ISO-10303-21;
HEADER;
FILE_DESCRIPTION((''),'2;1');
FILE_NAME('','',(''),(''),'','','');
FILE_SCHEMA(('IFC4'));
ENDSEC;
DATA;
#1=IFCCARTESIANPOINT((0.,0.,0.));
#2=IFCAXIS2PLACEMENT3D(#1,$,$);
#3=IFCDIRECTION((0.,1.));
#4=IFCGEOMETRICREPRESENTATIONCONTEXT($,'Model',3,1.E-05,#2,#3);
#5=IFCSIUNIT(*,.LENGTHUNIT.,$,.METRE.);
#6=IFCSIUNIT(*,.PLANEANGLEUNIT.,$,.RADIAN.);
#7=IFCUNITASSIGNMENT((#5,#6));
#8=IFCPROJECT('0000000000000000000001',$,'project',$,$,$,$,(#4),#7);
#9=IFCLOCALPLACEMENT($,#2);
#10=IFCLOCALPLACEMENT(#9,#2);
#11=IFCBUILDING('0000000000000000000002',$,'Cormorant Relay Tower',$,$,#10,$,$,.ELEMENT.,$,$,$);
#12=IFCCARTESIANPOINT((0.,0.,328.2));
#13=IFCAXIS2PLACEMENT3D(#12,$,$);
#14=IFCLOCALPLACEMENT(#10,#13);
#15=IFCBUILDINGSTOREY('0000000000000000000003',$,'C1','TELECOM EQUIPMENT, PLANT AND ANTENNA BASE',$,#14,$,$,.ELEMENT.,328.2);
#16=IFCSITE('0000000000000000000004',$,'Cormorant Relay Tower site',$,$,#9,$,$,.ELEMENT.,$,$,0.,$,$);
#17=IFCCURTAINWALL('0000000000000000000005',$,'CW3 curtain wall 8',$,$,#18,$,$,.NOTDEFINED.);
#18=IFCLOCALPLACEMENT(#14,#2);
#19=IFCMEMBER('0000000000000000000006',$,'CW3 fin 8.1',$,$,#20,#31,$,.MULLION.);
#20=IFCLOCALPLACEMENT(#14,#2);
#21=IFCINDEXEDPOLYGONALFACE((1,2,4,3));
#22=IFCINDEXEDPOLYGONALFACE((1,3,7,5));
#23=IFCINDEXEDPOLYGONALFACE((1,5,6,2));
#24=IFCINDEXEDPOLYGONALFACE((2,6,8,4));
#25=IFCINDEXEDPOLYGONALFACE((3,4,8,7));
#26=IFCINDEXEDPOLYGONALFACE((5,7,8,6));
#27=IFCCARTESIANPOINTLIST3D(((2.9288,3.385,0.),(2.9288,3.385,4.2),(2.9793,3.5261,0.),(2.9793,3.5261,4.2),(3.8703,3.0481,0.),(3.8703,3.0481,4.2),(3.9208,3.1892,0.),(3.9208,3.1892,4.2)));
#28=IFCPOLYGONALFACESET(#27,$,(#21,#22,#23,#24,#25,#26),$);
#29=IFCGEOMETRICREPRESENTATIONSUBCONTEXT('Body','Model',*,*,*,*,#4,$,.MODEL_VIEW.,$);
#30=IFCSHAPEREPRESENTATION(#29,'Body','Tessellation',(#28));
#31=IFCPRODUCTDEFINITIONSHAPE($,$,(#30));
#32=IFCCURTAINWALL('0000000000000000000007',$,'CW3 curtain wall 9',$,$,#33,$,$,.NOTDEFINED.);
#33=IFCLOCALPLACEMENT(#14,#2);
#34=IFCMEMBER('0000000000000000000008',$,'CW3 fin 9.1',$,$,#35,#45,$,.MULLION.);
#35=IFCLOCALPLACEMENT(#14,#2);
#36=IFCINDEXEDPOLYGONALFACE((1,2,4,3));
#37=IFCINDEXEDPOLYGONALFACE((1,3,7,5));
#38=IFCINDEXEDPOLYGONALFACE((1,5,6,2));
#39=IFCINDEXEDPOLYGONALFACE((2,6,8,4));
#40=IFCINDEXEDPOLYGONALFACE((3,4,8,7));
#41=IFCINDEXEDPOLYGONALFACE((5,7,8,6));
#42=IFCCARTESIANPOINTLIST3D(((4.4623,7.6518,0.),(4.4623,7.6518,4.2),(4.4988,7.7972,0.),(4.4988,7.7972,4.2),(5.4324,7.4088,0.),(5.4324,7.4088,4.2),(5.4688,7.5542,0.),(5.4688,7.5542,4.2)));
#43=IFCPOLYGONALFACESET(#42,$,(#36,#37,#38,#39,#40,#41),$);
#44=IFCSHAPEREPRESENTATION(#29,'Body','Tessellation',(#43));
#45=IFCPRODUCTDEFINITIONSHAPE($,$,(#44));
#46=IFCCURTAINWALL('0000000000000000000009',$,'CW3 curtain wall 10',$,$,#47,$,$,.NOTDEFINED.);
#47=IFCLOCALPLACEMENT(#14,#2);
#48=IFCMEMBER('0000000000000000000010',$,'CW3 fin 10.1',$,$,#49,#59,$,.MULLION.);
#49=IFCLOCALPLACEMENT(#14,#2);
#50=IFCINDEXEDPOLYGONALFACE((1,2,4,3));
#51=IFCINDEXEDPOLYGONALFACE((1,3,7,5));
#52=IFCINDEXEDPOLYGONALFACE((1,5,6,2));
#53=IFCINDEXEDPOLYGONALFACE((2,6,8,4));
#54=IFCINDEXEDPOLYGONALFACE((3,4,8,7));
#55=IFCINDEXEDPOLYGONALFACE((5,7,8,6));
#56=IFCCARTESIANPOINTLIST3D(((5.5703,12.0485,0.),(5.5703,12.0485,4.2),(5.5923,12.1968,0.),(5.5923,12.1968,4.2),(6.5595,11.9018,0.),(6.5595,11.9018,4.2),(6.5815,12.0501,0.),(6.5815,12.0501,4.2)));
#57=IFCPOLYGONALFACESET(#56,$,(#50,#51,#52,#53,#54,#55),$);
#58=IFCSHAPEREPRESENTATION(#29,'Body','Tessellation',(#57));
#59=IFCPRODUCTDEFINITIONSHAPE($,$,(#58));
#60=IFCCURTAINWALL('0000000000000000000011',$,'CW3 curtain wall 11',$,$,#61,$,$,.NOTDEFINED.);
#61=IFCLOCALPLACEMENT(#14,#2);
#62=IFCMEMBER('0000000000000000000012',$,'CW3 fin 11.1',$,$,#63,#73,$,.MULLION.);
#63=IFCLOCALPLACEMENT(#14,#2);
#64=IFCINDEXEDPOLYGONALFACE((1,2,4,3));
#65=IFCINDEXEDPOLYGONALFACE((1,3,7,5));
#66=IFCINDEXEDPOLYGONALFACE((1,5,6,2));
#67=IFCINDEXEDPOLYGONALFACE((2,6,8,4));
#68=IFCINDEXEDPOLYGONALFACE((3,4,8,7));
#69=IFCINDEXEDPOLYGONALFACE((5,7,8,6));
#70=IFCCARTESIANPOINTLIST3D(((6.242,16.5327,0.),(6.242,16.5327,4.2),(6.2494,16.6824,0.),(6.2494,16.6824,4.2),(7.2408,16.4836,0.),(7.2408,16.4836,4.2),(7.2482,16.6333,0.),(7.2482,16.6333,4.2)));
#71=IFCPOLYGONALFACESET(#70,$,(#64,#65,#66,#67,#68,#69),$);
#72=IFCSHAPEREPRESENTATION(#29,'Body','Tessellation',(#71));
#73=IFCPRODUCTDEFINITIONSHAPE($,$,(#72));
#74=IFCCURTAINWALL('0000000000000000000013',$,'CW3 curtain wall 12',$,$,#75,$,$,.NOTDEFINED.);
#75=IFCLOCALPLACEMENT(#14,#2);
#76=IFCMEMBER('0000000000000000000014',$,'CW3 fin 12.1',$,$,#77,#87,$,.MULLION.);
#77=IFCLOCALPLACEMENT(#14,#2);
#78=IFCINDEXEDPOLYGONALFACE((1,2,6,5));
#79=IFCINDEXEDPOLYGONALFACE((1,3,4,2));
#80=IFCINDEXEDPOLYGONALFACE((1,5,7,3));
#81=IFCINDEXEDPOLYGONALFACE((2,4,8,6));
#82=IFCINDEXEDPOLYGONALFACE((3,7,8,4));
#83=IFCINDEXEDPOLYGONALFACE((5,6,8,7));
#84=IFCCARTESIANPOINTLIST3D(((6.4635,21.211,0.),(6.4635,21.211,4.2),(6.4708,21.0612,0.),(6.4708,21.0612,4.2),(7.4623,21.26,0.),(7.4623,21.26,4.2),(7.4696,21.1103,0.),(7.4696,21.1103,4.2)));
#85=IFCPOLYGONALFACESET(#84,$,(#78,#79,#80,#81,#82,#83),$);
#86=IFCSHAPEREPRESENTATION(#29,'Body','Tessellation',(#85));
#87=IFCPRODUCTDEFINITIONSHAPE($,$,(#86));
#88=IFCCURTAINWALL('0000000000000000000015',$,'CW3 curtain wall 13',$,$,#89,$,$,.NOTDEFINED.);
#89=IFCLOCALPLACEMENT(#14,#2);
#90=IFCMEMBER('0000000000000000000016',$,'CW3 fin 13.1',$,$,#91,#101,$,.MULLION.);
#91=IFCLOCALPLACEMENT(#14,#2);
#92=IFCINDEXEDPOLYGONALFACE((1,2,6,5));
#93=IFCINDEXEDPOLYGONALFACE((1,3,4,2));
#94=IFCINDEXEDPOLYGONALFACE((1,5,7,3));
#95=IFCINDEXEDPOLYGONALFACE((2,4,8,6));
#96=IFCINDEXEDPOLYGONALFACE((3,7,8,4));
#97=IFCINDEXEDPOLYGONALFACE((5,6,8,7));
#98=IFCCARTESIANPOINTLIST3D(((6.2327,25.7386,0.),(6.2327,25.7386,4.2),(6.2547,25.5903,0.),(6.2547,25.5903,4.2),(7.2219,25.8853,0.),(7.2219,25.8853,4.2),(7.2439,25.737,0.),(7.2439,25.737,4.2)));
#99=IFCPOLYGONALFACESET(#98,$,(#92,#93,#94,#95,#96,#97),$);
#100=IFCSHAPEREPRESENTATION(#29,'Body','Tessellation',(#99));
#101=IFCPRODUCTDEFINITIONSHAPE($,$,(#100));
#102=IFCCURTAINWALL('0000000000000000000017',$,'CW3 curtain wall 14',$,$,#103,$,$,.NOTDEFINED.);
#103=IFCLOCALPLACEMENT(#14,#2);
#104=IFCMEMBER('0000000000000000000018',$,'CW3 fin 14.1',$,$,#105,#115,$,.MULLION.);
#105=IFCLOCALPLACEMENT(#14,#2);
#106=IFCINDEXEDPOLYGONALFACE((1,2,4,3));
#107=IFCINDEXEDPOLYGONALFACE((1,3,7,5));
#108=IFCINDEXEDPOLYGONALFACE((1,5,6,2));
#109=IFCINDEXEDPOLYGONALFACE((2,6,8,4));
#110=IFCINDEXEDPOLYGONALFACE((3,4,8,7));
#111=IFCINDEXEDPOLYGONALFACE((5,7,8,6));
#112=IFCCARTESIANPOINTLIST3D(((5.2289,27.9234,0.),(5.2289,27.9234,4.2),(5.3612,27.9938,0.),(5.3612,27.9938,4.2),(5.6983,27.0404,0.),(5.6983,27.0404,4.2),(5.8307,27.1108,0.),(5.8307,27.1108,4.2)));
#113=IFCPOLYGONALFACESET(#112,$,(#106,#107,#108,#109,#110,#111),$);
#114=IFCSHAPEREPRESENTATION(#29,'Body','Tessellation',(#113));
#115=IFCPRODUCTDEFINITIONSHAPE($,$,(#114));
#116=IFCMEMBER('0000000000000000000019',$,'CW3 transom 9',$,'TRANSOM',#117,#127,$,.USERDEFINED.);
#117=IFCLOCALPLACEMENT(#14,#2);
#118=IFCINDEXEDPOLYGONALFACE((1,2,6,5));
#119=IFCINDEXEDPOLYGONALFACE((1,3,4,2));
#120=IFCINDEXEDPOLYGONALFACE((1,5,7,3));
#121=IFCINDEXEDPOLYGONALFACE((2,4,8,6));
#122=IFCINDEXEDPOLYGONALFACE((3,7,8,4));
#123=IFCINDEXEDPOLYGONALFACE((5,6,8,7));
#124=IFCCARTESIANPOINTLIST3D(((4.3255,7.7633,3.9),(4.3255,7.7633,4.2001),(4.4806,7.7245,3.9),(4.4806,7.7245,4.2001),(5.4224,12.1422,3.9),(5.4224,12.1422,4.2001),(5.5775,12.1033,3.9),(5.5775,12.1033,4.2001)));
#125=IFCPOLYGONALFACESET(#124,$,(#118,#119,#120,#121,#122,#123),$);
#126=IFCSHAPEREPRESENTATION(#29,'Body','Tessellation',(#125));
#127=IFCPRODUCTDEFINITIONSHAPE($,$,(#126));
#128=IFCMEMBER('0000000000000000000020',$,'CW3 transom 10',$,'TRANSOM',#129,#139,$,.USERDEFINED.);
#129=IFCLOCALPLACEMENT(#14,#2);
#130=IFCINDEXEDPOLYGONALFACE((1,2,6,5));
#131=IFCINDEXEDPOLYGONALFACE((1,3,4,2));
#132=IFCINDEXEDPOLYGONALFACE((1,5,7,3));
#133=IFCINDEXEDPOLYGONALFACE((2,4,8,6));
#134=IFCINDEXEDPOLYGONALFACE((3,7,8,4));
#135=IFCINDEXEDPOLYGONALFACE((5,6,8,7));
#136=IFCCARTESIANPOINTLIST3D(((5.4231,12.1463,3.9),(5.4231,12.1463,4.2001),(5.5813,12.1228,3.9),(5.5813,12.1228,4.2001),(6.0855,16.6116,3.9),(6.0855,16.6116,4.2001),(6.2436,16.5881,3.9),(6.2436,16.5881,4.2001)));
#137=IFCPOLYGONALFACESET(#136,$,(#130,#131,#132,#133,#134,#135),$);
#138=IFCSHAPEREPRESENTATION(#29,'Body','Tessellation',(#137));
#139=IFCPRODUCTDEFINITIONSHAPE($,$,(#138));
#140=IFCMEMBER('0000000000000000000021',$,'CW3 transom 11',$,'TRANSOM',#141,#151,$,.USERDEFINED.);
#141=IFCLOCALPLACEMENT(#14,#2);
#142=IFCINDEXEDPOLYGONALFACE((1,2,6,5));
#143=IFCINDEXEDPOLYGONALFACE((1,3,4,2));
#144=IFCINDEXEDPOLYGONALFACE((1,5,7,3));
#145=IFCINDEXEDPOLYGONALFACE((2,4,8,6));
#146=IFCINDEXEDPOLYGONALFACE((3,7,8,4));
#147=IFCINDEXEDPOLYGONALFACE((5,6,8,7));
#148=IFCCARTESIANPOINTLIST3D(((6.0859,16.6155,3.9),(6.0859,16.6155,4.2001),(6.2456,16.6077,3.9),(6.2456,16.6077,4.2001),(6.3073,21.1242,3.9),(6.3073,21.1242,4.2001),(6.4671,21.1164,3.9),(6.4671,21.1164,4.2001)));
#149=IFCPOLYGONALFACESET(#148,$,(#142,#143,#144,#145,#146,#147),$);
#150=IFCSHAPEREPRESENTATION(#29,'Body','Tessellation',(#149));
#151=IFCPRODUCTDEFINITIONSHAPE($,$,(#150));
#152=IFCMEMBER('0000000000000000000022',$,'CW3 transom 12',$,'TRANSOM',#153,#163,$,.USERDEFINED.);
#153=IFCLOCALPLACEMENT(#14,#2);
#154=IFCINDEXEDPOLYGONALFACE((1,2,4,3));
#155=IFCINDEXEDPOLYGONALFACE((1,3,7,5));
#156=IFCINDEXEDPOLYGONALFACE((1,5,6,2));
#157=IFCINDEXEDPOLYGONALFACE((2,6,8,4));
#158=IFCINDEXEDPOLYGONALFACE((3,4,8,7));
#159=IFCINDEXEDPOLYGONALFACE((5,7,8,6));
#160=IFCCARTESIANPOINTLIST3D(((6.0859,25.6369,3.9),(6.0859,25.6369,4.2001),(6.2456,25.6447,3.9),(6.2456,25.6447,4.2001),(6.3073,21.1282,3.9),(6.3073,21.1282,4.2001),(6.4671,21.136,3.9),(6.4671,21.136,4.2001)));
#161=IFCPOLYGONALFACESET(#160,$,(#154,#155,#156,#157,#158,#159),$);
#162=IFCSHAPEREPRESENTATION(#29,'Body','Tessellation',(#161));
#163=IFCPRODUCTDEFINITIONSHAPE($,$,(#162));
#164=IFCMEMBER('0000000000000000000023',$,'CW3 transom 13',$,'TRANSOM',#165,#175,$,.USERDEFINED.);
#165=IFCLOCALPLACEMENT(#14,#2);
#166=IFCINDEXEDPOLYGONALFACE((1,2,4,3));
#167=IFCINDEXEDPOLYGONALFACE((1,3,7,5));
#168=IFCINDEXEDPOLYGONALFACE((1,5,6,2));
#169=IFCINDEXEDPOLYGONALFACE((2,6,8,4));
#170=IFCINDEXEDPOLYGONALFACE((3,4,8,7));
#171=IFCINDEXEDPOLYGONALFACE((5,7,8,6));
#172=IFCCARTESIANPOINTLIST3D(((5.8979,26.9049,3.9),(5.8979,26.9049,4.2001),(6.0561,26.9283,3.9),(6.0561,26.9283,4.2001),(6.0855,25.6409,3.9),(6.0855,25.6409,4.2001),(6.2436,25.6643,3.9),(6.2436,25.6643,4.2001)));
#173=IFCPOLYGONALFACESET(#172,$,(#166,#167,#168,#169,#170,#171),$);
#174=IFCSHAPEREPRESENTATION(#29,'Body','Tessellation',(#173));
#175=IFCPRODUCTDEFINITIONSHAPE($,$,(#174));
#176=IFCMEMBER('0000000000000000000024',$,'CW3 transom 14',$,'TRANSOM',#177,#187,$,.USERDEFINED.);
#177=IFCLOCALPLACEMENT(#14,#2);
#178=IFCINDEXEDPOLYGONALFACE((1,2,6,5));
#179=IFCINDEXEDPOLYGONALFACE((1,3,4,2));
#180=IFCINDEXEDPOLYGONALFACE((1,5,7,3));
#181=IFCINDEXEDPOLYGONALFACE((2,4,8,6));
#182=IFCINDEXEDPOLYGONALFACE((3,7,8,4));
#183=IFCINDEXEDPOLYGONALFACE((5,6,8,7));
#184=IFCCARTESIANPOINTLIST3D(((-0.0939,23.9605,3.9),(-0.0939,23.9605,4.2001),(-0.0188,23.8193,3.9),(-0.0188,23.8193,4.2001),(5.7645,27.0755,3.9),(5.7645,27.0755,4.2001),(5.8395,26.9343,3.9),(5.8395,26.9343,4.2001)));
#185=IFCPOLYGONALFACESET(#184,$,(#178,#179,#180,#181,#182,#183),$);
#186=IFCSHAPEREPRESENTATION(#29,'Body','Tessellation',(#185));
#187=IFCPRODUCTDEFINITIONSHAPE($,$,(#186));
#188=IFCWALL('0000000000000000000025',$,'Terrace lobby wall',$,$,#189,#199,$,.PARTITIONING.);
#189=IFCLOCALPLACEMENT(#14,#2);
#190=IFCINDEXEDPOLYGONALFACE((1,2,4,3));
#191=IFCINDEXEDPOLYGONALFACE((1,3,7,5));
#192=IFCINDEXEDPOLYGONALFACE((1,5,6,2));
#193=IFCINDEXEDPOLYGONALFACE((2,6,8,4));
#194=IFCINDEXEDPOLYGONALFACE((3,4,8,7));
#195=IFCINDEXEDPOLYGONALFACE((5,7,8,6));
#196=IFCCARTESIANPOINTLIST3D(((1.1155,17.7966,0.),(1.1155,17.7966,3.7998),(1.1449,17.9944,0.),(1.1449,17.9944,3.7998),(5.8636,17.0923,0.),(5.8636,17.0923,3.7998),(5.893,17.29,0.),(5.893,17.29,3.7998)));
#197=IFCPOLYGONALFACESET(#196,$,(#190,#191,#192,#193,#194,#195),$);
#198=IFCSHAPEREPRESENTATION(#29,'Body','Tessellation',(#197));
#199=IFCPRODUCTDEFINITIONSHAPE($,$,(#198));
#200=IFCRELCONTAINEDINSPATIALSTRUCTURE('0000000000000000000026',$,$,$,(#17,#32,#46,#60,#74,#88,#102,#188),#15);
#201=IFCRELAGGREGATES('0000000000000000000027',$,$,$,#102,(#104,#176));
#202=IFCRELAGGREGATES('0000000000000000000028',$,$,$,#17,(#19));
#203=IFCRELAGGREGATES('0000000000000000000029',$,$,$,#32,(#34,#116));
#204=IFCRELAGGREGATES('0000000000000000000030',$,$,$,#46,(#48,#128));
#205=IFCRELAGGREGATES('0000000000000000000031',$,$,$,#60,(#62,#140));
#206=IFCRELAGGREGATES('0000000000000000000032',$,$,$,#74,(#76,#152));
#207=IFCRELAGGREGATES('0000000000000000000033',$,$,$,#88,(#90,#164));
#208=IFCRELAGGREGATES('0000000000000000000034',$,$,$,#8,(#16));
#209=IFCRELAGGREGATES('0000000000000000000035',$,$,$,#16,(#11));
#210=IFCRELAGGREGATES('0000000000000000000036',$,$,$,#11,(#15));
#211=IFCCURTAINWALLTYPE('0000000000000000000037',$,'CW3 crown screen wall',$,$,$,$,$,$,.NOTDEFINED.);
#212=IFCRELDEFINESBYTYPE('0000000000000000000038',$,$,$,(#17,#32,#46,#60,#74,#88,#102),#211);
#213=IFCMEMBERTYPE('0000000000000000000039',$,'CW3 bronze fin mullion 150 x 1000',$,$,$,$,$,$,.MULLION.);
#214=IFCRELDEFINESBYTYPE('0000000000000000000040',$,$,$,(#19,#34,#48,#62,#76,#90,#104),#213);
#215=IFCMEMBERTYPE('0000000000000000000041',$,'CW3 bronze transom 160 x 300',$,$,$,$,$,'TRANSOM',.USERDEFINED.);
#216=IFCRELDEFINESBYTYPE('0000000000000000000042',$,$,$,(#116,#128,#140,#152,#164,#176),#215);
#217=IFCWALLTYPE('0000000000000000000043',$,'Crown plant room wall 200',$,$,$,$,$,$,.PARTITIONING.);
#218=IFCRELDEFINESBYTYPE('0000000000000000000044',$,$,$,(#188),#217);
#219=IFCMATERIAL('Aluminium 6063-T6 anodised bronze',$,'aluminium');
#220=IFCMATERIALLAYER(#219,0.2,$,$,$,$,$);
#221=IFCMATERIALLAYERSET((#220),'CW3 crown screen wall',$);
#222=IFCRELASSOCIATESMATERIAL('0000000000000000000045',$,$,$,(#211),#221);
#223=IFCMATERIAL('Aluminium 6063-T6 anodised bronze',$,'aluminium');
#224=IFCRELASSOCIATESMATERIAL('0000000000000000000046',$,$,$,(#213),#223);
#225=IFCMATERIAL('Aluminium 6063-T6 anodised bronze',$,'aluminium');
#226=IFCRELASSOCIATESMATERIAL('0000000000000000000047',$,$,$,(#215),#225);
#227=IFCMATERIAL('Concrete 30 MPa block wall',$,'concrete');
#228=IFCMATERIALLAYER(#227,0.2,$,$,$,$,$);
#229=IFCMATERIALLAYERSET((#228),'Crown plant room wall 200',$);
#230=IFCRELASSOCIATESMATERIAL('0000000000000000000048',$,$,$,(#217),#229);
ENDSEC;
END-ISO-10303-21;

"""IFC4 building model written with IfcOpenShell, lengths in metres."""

from ifc_helpers import new_model, si_unit, direction, frame, frame_2d, origin, origin_2d, place, context, subcontext, project, spatial, rectangle, extrude, material, layer, layer_set, material_profile, profile_set, type_object, element, aggregate, save


model = new_model("IFC4")

# Units and contexts
model_context = context("Model", 3, precision=1e-05, world=origin(), true_north=direction((0.0, 1.0)))
body_context = subcontext(model_context, "Body", "Model", "MODEL_VIEW")
ifc_project = project(units=[si_unit("LENGTHUNIT", "METRE"), si_unit("PLANEANGLEUNIT", "RADIAN")], contexts=[model_context])

# Site, building, storey
site_placement = place(None, origin())
site = spatial("IfcSite", under=ifc_project, at=site_placement, Name="Cormorant Relay Tower site", CompositionType="ELEMENT", RefElevation=0.0)
building_placement = place(site_placement, origin())
building = spatial("IfcBuilding", under=site, at=building_placement, Name="Cormorant Relay Tower", CompositionType="ELEMENT")
storey_placement = place(building_placement, frame((0.0, 0.0, 328.2)))
storey = spatial("IfcBuildingStorey", under=building, at=storey_placement, Name="C1", Description="TELECOM EQUIPMENT, PLANT AND ANTENNA BASE", CompositionType="ELEMENT", Elevation=328.2)

# Curtain walls, members
ifc_material_1 = material(Name="Aluminium 6063-T6 anodised bronze", Category="aluminium")
ifc_layer_1 = layer(ifc_material_1, 0.2)
ifc_layer_set_1 = layer_set([ifc_layer_1], Name="CW3 crown screen wall")
curtain_wall_type = type_object("IfcCurtainWallType", Name="CW3 crown screen wall", PredefinedType="NOTDEFINED", material=ifc_layer_set_1)
curtain_wall_1_placement = place(storey_placement, origin())
curtain_wall_1 = element("IfcCurtainWall", 1, at=curtain_wall_1_placement, inside=storey, type_object=curtain_wall_type, Name="CW3 curtain wall 8", PredefinedType="NOTDEFINED")
ifc_material_2 = material(Name="Aluminium 6063-T6 anodised bronze", Category="aluminium")
ifc_material_profile_1 = material_profile(ifc_material_2, rectangle(XDim=0.1499, YDim=1.0, at=origin_2d()), Name="AL 150x1000")
ifc_profile_set_1 = profile_set([ifc_material_profile_1], Name="Aluminium 6063-T6 anodised bronze")
member_type_1 = type_object("IfcMemberType", Name="CW3 bronze fin mullion 150 x 1000", PredefinedType="MULLION", material=ifc_profile_set_1)
member_1_placement = place(storey_placement, frame((3.4248, 3.2871, 0.0), z_axis=(0.0, 0.0, 1.0), x_axis=(0.33689, 0.941544, 0.0)))
member_1 = element("IfcMember", 2, at=member_1_placement, type_object=member_type_1, Name="CW3 fin 8.1", PredefinedType="MULLION", context=body_context, shape_type="SweptSolid", body=[
    extrude(rectangle(XDim=0.1499, YDim=1.0, at=origin_2d()), origin(), (0.0, 0.0, 1.0), 4.2),
])
curtain_wall_2_placement = place(storey_placement, origin())
curtain_wall_2 = element("IfcCurtainWall", 3, at=curtain_wall_2_placement, inside=storey, type_object=curtain_wall_type, Name="CW3 curtain wall 9", PredefinedType="NOTDEFINED")
member_2_placement = place(storey_placement, frame((4.9656, 7.603, 0.0), z_axis=(0.0, 0.0, 1.0), x_axis=(0.24298, 0.970031, 0.0)))
member_2 = element("IfcMember", 4, at=member_2_placement, type_object=member_type_1, Name="CW3 fin 9.1", PredefinedType="MULLION", context=body_context, shape_type="SweptSolid", body=[
    extrude(rectangle(XDim=0.1499, YDim=1.0, at=origin_2d()), origin(), (0.0, 0.0, 1.0), 4.2),
])
curtain_wall_3_placement = place(storey_placement, origin())
curtain_wall_3 = element("IfcCurtainWall", 5, at=curtain_wall_3_placement, inside=storey, type_object=curtain_wall_type, Name="CW3 curtain wall 10", PredefinedType="NOTDEFINED")
member_3_placement = place(storey_placement, frame((6.0759, 12.0493, 0.0), z_axis=(0.0, 0.0, 1.0), x_axis=(0.14673, 0.989177, 0.0)))
member_3 = element("IfcMember", 6, at=member_3_placement, type_object=member_type_1, Name="CW3 fin 10.1", PredefinedType="MULLION", context=body_context, shape_type="SweptSolid", body=[
    extrude(rectangle(XDim=0.1499, YDim=1.0, at=origin_2d()), origin(), (0.0, 0.0, 1.0), 4.2),
])
curtain_wall_4_placement = place(storey_placement, origin())
curtain_wall_4 = element("IfcCurtainWall", 7, at=curtain_wall_4_placement, inside=storey, type_object=curtain_wall_type, Name="CW3 curtain wall 11", PredefinedType="NOTDEFINED")
member_4_placement = place(storey_placement, frame((6.7451, 16.583, 0.0), z_axis=(0.0, 0.0, 1.0), x_axis=(0.049068, 0.998795, 0.0)))
member_4 = element("IfcMember", 8, at=member_4_placement, type_object=member_type_1, Name="CW3 fin 11.1", PredefinedType="MULLION", context=body_context, shape_type="SweptSolid", body=[
    extrude(rectangle(XDim=0.1499, YDim=1.0, at=origin_2d()), origin(), (0.0, 0.0, 1.0), 4.2),
])
curtain_wall_5_placement = place(storey_placement, origin())
curtain_wall_5 = element("IfcCurtainWall", 9, at=curtain_wall_5_placement, inside=storey, type_object=curtain_wall_type, Name="CW3 curtain wall 12", PredefinedType="NOTDEFINED")
member_5_placement = place(storey_placement, frame((6.9666, 21.1606, 0.0), z_axis=(0.0, 0.0, 1.0), x_axis=(-0.049068, 0.998795, 0.0)))
member_5 = element("IfcMember", 10, at=member_5_placement, type_object=member_type_1, Name="CW3 fin 12.1", PredefinedType="MULLION", context=body_context, shape_type="SweptSolid", body=[
    extrude(rectangle(XDim=0.1499, YDim=1.0, at=origin_2d()), origin(), (0.0, 0.0, 1.0), 4.2),
])
curtain_wall_6_placement = place(storey_placement, origin())
curtain_wall_6 = element("IfcCurtainWall", 11, at=curtain_wall_6_placement, inside=storey, type_object=curtain_wall_type, Name="CW3 curtain wall 13", PredefinedType="NOTDEFINED")
member_6_placement = place(storey_placement, frame((6.7383, 25.7378, 0.0), z_axis=(0.0, 0.0, 1.0), x_axis=(-0.14673, 0.989177, 0.0)))
member_6 = element("IfcMember", 12, at=member_6_placement, type_object=member_type_1, Name="CW3 fin 13.1", PredefinedType="MULLION", context=body_context, shape_type="SweptSolid", body=[
    extrude(rectangle(XDim=0.1499, YDim=1.0, at=origin_2d()), origin(), (0.0, 0.0, 1.0), 4.2),
])
curtain_wall_7_placement = place(storey_placement, origin())
curtain_wall_7 = element("IfcCurtainWall", 13, at=curtain_wall_7_placement, inside=storey, type_object=curtain_wall_type, Name="CW3 curtain wall 14", PredefinedType="NOTDEFINED")
member_7_placement = place(storey_placement, frame((5.5298, 27.5171, 0.0), z_axis=(0.0, 0.0, 1.0), x_axis=(-0.882948, -0.469472, 0.0)))
member_7 = element("IfcMember", 14, at=member_7_placement, type_object=member_type_1, Name="CW3 fin 14.1", PredefinedType="MULLION", context=body_context, shape_type="SweptSolid", body=[
    extrude(rectangle(XDim=0.1499, YDim=1.0, at=origin_2d()), origin(), (0.0, 0.0, 1.0), 4.2),
])

# Members
ifc_material_3 = material(Name="Aluminium 6063-T6 anodised bronze", Category="aluminium")
ifc_material_profile_2 = material_profile(ifc_material_3, rectangle(XDim=0.1599, YDim=0.3, at=origin_2d()), Name="AL 160x300")
ifc_profile_set_2 = profile_set([ifc_material_profile_2], Name="Aluminium 6063-T6 anodised bronze")
member_type_2 = type_object("IfcMemberType", Name="CW3 bronze transom 160 x 300", ElementType="TRANSOM", PredefinedType="USERDEFINED", material=ifc_profile_set_2)
member_8_placement = place(storey_placement, frame((4.4031, 7.7439, 4.05), z_axis=(0.242994, 0.970028, 0.0), x_axis=(-0.970028, 0.242994, 0.0)))
member_8 = element("IfcMember", 15, at=member_8_placement, type_object=member_type_2, Name="CW3 transom 9", ObjectType="TRANSOM", PredefinedType="USERDEFINED", context=body_context, shape_type="SweptSolid", body=[
    extrude(rectangle(XDim=0.1599, YDim=0.3, at=origin_2d()), origin(), (0.0, 0.0, 1.0), 4.5142),
])
member_9_placement = place(storey_placement, frame((5.5022, 12.1345, 4.05), z_axis=(0.146727, 0.989177, 0.0), x_axis=(-0.989177, 0.146727, 0.0)))
member_9 = element("IfcMember", 16, at=member_9_placement, type_object=member_type_2, Name="CW3 transom 10", ObjectType="TRANSOM", PredefinedType="USERDEFINED", context=body_context, shape_type="SweptSolid", body=[
    extrude(rectangle(XDim=0.1599, YDim=0.3, at=origin_2d()), origin(), (0.0, 0.0, 1.0), 4.5142),
])
member_10_placement = place(storey_placement, frame((6.1658, 16.6116, 4.05), z_axis=(0.049053, 0.998796, 0.0), x_axis=(-0.998796, 0.049053, 0.0)))
member_10 = element("IfcMember", 17, at=member_10_placement, type_object=member_type_2, Name="CW3 transom 11", ObjectType="TRANSOM", PredefinedType="USERDEFINED", context=body_context, shape_type="SweptSolid", body=[
    extrude(rectangle(XDim=0.1599, YDim=0.3, at=origin_2d()), origin(), (0.0, 0.0, 1.0), 4.5142),
])
member_11_placement = place(storey_placement, frame((6.3872, 21.1321, 4.05), z_axis=(-0.049053, 0.998796, 0.0), x_axis=(-0.998796, -0.049053, 0.0)))
member_11 = element("IfcMember", 18, at=member_11_placement, type_object=member_type_2, Name="CW3 transom 12", ObjectType="TRANSOM", PredefinedType="USERDEFINED", context=body_context, shape_type="SweptSolid", body=[
    extrude(rectangle(XDim=0.1599, YDim=0.3, at=origin_2d()), origin(), (0.0, 0.0, 1.0), 4.5142),
])
member_12_placement = place(storey_placement, frame((6.1646, 25.6526, 4.05), z_axis=(-0.146743, 0.989175, 0.0), x_axis=(-0.989175, -0.146743, 0.0)))
member_12 = element("IfcMember", 19, at=member_12_placement, type_object=member_type_2, Name="CW3 transom 13", ObjectType="TRANSOM", PredefinedType="USERDEFINED", context=body_context, shape_type="SweptSolid", body=[
    extrude(rectangle(XDim=0.1599, YDim=0.3, at=origin_2d()), origin(), (0.0, 0.0, 1.0), 1.2778),
])
member_13_placement = place(storey_placement, frame((5.802, 27.0049, 4.05), z_axis=(-0.882946, -0.469474, 0.0), x_axis=(0.469474, -0.882946, 0.0)))
member_13 = element("IfcMember", 20, at=member_13_placement, type_object=member_type_2, Name="CW3 transom 14", ObjectType="TRANSOM", PredefinedType="USERDEFINED", context=body_context, shape_type="SweptSolid", body=[
    extrude(rectangle(XDim=0.1599, YDim=0.3, at=origin_2d()), origin(), (0.0, 0.0, 1.0), 6.635),
])
aggregate(curtain_wall_7, [member_7, member_13])

# Wall
ifc_material_4 = material(Name="Concrete 30 MPa block wall", Category="concrete")
ifc_layer_2 = layer(ifc_material_4, 0.2)
ifc_layer_set_2 = layer_set([ifc_layer_2], Name="Crown plant room wall 200")
wall_type_1 = type_object("IfcWallType", Name="Crown plant room wall 200", PredefinedType="PARTITIONING", material=ifc_layer_set_2)
wall_1_placement = place(storey_placement, frame((5.8782, 17.1912, 0.0), z_axis=(0.0, 0.0, 1.0), x_axis=(-0.989175, 0.146739, 0.0)))
element("IfcWall", 21, at=wall_1_placement, inside=storey, type_object=wall_type_1, Name="Terrace lobby wall", PredefinedType="PARTITIONING", context=body_context, shape_type="SweptSolid", body=[
    extrude(rectangle(XDim=4.8, YDim=0.2, at=frame_2d((2.3999, 0.0))), origin(), (0.0, 0.0, 1.0), 3.7998),
])

aggregate(curtain_wall_1, [member_1])
aggregate(curtain_wall_2, [member_2, member_8])
aggregate(curtain_wall_3, [member_3, member_9])
aggregate(curtain_wall_4, [member_4, member_10])
aggregate(curtain_wall_5, [member_5, member_11])
aggregate(curtain_wall_6, [member_6, member_12])

save(model, "model.ifc")
